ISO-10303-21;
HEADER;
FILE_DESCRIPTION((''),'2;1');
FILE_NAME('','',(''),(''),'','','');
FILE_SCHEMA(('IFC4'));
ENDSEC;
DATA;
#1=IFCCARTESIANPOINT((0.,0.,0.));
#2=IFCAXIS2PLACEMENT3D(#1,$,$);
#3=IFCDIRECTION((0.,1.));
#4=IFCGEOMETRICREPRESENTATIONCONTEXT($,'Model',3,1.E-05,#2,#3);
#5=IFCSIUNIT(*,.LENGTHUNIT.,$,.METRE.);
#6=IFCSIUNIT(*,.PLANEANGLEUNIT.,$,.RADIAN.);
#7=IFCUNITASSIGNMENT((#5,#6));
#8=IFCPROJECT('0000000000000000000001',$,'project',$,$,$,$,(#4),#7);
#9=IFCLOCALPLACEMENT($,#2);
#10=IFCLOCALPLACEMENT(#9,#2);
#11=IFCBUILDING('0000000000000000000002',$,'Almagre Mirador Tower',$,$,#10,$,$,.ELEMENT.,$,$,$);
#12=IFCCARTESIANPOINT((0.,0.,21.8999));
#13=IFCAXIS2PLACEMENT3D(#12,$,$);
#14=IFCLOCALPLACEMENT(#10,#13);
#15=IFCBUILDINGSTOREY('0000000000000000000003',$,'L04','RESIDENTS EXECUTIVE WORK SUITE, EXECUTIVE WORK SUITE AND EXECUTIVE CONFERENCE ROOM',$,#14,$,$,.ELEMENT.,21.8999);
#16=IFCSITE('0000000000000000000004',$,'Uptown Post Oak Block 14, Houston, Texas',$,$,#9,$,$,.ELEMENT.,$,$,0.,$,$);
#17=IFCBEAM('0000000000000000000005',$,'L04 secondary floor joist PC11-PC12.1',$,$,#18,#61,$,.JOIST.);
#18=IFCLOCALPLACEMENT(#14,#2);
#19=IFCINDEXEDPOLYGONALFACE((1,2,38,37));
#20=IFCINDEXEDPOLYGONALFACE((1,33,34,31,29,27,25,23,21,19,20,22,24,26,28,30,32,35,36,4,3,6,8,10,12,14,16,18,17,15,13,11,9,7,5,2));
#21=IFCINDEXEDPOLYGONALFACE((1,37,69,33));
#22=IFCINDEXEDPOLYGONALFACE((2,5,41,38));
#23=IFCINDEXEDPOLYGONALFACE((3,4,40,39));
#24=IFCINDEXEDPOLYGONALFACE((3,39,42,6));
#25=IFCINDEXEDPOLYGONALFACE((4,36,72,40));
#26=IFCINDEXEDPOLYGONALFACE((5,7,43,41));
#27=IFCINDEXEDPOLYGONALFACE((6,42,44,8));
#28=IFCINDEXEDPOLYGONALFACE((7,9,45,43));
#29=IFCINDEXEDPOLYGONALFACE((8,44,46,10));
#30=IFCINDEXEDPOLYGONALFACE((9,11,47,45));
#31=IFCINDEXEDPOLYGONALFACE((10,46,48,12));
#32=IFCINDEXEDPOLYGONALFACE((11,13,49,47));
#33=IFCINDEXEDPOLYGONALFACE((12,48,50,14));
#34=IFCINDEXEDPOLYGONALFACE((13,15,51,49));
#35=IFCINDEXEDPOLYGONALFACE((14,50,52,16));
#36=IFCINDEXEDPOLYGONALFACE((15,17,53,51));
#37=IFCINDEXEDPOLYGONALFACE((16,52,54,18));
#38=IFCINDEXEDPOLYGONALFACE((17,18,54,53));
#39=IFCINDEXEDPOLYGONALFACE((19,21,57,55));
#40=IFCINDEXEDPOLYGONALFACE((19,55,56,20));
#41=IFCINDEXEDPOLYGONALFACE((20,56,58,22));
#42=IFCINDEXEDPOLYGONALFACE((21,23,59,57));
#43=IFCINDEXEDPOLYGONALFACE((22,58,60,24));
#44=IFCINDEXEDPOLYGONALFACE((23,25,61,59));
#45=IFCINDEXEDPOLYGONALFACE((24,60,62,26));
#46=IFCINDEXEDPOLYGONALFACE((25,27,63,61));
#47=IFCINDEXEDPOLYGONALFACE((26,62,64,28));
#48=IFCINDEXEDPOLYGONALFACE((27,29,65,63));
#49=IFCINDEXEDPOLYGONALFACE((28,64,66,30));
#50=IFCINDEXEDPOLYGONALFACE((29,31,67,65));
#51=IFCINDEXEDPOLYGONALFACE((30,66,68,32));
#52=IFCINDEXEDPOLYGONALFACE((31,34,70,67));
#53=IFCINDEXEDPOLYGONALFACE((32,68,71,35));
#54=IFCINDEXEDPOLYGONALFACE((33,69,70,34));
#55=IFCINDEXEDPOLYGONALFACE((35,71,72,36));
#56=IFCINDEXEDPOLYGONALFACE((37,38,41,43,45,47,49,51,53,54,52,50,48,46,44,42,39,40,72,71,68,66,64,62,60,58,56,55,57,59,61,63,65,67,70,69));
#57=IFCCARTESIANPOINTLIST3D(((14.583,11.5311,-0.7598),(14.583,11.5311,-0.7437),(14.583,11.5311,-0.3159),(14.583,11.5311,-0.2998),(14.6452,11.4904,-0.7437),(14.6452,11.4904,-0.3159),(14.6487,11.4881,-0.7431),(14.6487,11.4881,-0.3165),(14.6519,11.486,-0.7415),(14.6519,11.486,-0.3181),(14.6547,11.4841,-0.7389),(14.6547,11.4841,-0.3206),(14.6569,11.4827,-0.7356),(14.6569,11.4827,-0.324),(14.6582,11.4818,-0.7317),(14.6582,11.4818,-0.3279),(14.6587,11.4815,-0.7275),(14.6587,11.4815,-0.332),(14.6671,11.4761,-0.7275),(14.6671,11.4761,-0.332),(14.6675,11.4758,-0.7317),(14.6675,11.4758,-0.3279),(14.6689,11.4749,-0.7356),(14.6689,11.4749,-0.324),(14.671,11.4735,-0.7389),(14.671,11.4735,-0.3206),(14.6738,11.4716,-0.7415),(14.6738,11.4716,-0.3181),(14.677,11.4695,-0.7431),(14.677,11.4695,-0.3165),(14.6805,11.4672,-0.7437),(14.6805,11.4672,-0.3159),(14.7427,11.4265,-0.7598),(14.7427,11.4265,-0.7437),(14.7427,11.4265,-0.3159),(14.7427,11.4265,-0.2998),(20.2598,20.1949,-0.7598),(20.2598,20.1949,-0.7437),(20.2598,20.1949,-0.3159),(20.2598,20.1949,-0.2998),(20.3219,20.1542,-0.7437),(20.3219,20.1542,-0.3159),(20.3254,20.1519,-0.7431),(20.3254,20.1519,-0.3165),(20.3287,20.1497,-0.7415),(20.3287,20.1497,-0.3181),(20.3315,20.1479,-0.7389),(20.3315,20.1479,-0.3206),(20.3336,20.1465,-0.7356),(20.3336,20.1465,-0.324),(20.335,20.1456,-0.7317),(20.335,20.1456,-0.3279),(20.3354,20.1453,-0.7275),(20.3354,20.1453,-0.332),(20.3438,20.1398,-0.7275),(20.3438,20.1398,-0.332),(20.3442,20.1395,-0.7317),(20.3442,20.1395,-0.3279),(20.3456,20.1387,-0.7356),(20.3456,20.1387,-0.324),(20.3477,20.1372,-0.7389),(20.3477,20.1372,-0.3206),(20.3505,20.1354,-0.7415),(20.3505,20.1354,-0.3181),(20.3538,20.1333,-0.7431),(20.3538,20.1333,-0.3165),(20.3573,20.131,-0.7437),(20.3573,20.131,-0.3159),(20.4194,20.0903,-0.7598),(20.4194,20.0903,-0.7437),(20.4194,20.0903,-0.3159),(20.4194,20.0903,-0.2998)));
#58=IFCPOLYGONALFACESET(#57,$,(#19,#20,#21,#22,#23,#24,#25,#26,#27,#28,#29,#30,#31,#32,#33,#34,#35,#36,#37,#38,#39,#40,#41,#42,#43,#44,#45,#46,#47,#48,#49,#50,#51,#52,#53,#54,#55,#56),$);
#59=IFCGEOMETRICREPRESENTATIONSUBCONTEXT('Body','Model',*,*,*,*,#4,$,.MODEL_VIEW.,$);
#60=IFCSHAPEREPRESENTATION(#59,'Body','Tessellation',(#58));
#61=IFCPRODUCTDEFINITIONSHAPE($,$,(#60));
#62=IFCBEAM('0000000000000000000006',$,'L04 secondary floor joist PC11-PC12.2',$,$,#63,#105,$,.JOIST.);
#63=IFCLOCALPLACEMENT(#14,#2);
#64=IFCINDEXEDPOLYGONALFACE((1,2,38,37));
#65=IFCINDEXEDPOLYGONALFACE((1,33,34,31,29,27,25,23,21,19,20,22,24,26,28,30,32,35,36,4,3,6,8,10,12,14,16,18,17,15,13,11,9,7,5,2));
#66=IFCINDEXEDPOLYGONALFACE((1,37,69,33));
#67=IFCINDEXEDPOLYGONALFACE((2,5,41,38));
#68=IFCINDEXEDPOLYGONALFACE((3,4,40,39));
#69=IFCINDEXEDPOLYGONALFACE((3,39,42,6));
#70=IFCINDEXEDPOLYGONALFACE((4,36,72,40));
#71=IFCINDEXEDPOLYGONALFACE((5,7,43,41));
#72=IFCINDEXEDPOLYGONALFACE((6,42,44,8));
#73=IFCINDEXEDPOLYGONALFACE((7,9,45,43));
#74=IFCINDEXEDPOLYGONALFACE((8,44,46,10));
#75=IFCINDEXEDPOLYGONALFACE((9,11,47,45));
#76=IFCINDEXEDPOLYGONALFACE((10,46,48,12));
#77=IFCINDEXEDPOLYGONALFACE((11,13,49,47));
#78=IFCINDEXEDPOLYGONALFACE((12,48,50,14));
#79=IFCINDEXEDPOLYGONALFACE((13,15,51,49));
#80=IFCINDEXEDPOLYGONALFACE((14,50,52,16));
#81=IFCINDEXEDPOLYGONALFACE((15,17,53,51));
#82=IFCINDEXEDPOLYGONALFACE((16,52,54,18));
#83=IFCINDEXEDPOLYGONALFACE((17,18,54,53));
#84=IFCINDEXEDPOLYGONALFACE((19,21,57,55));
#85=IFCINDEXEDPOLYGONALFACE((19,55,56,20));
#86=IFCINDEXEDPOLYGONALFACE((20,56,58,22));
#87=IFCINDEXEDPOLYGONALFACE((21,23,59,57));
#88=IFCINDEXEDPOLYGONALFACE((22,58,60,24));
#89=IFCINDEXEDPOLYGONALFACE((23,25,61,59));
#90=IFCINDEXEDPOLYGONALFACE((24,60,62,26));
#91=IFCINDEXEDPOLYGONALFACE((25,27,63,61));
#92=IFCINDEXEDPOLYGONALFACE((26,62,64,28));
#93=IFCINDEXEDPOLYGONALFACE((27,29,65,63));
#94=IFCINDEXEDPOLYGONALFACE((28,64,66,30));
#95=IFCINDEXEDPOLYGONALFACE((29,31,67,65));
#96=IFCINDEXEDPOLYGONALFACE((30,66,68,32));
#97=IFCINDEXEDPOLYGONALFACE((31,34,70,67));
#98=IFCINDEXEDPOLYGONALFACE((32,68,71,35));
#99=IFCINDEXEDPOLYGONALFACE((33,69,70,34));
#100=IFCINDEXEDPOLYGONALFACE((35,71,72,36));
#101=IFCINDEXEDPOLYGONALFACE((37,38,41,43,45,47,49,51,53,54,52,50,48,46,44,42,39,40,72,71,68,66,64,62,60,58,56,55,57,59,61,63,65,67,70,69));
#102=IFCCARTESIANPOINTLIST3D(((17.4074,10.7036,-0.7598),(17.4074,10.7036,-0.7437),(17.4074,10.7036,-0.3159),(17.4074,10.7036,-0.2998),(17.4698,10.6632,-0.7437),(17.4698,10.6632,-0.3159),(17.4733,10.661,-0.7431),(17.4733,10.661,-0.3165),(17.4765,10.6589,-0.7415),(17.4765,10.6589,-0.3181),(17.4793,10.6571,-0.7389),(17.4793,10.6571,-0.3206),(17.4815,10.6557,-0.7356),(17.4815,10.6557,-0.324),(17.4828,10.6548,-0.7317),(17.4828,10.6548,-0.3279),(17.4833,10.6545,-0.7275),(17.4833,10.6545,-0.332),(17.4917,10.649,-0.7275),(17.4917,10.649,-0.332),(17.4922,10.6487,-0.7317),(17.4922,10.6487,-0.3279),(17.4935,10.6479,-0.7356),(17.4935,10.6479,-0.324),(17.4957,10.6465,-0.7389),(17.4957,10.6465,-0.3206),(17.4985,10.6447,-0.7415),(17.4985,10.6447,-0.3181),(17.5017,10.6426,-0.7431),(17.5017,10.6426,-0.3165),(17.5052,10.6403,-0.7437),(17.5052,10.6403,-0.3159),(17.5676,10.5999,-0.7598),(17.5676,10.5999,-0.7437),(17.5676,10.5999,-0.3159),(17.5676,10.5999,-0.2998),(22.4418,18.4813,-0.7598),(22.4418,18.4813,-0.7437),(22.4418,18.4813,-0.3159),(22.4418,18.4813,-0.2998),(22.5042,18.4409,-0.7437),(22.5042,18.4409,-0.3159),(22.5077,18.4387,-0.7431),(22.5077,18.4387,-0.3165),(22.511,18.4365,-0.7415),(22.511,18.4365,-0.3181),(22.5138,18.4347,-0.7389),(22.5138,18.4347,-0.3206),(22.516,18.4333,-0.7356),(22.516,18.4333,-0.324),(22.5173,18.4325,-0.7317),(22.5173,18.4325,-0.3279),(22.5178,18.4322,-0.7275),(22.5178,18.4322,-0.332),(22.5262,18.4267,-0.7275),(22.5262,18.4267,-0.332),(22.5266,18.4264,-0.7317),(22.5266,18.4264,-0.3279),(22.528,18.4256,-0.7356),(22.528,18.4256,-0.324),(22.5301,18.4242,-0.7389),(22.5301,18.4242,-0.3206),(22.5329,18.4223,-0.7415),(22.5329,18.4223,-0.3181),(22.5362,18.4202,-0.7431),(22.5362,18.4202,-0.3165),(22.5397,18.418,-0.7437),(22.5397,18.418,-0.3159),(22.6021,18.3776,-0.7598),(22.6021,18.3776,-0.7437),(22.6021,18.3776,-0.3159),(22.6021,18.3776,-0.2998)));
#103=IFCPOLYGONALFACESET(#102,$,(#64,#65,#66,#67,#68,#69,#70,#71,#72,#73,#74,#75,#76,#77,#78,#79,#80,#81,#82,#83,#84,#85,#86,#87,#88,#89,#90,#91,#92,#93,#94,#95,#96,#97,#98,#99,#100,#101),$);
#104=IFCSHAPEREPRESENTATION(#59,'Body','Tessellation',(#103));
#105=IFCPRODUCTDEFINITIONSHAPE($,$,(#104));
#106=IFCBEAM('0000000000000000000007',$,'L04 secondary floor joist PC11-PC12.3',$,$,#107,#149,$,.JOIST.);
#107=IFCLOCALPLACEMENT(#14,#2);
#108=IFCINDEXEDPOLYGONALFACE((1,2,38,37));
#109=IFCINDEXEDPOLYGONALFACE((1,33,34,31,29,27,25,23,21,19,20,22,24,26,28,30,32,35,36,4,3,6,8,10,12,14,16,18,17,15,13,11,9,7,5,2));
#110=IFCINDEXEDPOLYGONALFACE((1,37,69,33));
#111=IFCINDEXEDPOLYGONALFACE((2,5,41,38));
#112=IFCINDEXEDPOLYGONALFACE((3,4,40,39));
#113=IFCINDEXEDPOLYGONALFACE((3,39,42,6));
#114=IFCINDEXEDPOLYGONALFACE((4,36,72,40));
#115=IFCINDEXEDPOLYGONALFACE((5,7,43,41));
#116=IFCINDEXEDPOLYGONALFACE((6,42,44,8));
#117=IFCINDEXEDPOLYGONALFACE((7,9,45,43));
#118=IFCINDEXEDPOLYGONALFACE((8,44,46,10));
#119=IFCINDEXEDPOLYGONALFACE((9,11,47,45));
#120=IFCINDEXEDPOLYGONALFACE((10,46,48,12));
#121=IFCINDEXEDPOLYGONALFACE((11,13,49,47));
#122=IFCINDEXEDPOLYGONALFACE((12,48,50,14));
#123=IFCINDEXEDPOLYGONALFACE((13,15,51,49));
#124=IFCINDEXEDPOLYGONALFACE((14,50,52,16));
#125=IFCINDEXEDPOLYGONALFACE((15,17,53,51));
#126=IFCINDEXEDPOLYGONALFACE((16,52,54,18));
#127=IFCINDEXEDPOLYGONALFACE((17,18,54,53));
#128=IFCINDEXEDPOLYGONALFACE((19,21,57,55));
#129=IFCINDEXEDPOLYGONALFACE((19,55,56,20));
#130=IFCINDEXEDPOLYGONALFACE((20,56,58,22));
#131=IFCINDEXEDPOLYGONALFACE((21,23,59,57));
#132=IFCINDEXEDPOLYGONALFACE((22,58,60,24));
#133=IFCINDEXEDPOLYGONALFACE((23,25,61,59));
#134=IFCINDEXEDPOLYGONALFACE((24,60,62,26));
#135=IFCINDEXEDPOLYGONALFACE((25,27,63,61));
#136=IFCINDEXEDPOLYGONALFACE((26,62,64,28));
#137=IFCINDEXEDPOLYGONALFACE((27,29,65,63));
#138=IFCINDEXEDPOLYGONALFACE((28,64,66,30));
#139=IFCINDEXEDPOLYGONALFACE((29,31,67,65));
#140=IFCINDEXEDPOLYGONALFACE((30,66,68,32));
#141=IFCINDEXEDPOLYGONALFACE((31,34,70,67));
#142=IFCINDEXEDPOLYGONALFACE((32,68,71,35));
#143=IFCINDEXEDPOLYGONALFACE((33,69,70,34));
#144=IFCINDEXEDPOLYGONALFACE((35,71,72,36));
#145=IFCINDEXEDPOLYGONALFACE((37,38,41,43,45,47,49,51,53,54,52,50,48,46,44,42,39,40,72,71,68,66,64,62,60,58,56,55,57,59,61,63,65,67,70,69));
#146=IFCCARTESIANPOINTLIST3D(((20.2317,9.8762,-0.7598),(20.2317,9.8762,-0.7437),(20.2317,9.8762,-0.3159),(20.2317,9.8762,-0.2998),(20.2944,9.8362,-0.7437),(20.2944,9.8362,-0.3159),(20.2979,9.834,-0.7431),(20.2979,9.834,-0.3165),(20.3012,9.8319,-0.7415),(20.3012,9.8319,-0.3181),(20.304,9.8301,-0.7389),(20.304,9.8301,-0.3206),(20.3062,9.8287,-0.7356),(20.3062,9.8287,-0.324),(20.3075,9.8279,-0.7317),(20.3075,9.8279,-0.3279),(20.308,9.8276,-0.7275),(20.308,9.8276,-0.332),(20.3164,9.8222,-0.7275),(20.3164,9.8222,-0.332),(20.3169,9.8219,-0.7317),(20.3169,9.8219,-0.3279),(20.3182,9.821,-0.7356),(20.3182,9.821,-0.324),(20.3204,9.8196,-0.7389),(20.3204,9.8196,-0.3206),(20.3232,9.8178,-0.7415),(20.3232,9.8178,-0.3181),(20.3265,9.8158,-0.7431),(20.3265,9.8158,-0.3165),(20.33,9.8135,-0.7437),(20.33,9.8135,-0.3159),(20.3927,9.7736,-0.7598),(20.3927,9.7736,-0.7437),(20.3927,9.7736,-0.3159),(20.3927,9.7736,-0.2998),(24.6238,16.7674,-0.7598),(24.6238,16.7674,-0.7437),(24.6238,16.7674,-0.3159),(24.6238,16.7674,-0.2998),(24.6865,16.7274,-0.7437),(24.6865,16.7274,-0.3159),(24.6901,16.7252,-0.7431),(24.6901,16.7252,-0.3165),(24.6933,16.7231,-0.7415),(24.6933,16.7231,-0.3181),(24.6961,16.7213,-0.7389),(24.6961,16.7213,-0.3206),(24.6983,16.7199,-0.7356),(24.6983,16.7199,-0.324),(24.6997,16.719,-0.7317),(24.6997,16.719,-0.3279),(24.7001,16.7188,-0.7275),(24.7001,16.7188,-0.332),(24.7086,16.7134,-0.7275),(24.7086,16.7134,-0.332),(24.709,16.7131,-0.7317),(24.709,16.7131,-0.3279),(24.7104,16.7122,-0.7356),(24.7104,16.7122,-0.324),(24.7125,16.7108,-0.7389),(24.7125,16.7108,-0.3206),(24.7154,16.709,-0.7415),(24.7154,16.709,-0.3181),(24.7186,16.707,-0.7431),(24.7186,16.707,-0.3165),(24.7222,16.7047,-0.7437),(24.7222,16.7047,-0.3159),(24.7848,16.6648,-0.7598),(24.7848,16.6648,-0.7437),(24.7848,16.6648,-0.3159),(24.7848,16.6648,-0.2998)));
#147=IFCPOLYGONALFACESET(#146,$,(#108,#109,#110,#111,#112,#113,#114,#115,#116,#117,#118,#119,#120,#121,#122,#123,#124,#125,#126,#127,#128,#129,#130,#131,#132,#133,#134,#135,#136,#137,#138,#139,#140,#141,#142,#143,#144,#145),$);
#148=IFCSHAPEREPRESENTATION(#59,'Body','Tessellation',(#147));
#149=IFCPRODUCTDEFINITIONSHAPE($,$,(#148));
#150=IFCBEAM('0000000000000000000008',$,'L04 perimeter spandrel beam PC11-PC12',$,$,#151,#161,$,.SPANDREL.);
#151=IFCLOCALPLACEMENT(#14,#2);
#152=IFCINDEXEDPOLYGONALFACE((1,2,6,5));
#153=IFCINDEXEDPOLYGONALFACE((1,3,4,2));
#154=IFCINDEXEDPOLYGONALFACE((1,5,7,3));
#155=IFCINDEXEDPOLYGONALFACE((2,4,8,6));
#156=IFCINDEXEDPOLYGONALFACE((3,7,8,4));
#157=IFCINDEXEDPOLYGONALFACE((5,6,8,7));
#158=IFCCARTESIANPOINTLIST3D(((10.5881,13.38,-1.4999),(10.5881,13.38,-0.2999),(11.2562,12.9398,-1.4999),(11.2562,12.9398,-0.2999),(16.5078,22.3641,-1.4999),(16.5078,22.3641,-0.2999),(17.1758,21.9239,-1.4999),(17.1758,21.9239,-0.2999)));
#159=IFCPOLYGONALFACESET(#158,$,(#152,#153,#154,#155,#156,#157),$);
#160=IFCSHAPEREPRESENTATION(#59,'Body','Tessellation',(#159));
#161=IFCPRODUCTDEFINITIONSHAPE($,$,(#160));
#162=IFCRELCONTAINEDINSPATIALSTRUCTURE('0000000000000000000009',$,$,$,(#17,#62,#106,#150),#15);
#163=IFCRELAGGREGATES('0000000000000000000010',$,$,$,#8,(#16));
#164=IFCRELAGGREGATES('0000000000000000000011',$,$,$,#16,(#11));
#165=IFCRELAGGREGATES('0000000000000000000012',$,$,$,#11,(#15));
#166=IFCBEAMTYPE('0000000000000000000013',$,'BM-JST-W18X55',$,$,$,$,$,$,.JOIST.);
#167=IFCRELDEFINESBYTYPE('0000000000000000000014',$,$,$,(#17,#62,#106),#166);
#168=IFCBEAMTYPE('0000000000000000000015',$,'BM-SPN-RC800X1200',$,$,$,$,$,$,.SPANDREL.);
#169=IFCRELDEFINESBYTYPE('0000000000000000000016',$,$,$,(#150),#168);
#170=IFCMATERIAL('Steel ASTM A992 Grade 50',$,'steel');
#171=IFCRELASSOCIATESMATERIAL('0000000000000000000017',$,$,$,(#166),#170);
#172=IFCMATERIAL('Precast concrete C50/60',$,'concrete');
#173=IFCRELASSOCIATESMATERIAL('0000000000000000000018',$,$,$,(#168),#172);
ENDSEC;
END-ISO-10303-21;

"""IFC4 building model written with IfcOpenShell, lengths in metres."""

from ifc_helpers import new_model, si_unit, direction, frame, origin, origin_2d, place, context, subcontext, project, spatial, rectangle, i_section, extrude, material, material_profile, profile_set, type_object, element, save


model = new_model("IFC4")

# Units and contexts
model_context = context("Model", 3, precision=1e-05, world=origin(), true_north=direction((0.0, 1.0)))
body_context = subcontext(model_context, "Body", "Model", "MODEL_VIEW")
ifc_project = project(units=[si_unit("LENGTHUNIT", "METRE"), si_unit("PLANEANGLEUNIT", "RADIAN")], contexts=[model_context])

# Site, building, storey
site_placement = place(None, origin())
site = spatial("IfcSite", under=ifc_project, at=site_placement, Name="Uptown Post Oak Block 14, Houston, Texas", CompositionType="ELEMENT", RefElevation=0.0)
building_placement = place(site_placement, origin())
building = spatial("IfcBuilding", under=site, at=building_placement, Name="Almagre Mirador Tower", CompositionType="ELEMENT")
storey_placement = place(building_placement, frame((0.0, 0.0, 21.8999)))
storey = spatial("IfcBuildingStorey", under=building, at=storey_placement, Name="L04", Description="RESIDENTS EXECUTIVE WORK SUITE, EXECUTIVE WORK SUITE AND EXECUTIVE CONFERENCE ROOM", CompositionType="ELEMENT", Elevation=21.8999)

# Beams
ifc_material_1 = material(Name="Steel ASTM A992 Grade 50", Category="steel")
ifc_material_profile_1 = material_profile(ifc_material_1, i_section(OverallWidth=0.1909, OverallDepth=0.46, WebThickness=0.01, FlangeThickness=0.0161, FilletRadius=0.0161, at=origin_2d()), Name="W18X55")
ifc_profile_set_1 = profile_set([ifc_material_profile_1], Name="Steel ASTM A992 Grade 50")
beam_type_1 = type_object("IfcBeamType", Name="BM-JST-W18X55", PredefinedType="JOIST", material=ifc_profile_set_1)
beam_1_placement = place(storey_placement, frame((20.3396, 20.1426, -0.5298), z_axis=(-0.548058, -0.836441, 0.0), x_axis=(0.836441, -0.548058, 0.0)))
element("IfcBeam", 1, at=beam_1_placement, inside=storey, type_object=beam_type_1, Name="L04 secondary floor joist PC11-PC12.1", PredefinedType="JOIST", context=body_context, shape_type="SweptSolid", body=[
    extrude(i_section(OverallWidth=0.1909, OverallDepth=0.46, WebThickness=0.01, FlangeThickness=0.0161, FilletRadius=0.0161, at=origin_2d()), origin(), (0.0, 0.0, 1.0), 10.3579),
])
beam_2_placement = place(storey_placement, frame((22.522, 18.4294, -0.5298), z_axis=(-0.543393, -0.839478, 0.0), x_axis=(0.839478, -0.543393, 0.0)))
element("IfcBeam", 2, at=beam_2_placement, inside=storey, type_object=beam_type_1, Name="L04 secondary floor joist PC11-PC12.2", PredefinedType="JOIST", context=body_context, shape_type="SweptSolid", body=[
    extrude(i_section(OverallWidth=0.1909, OverallDepth=0.46, WebThickness=0.01, FlangeThickness=0.0161, FilletRadius=0.0161, at=origin_2d()), origin(), (0.0, 0.0, 1.0), 9.2649),
])
beam_3_placement = place(storey_placement, frame((24.7043, 16.7161, -0.5298), z_axis=(-0.537471, -0.843282, 0.0), x_axis=(0.843282, -0.537471, 0.0)))
element("IfcBeam", 3, at=beam_3_placement, inside=storey, type_object=beam_type_1, Name="L04 secondary floor joist PC11-PC12.3", PredefinedType="JOIST", context=body_context, shape_type="SweptSolid", body=[
    extrude(i_section(OverallWidth=0.1909, OverallDepth=0.46, WebThickness=0.01, FlangeThickness=0.0161, FilletRadius=0.0161, at=origin_2d()), origin(), (0.0, 0.0, 1.0), 8.1719),
])
ifc_material_2 = material(Name="Precast concrete C50/60", Category="concrete")
ifc_material_profile_2 = material_profile(ifc_material_2, rectangle(XDim=0.8, YDim=1.2, at=origin_2d()), Name="RC800X1200")
ifc_profile_set_2 = profile_set([ifc_material_profile_2], Name="Precast concrete C50/60")
beam_type_2 = type_object("IfcBeamType", Name="BM-SPN-RC800X1200", PredefinedType="SPANDREL", material=ifc_profile_set_2)
beam_4_placement = place(storey_placement, frame((16.8418, 22.144, -0.8999), z_axis=(-0.550204, -0.83503, 0.0), x_axis=(0.83503, -0.550204, 0.0)))
element("IfcBeam", 4, at=beam_4_placement, inside=storey, type_object=beam_type_2, Name="L04 perimeter spandrel beam PC11-PC12", PredefinedType="SPANDREL", context=body_context, shape_type="SweptSolid", body=[
    extrude(rectangle(XDim=0.8, YDim=1.2, at=origin_2d()), origin(), (0.0, 0.0, 1.0), 10.759),
])

save(model, "model.ifc")
